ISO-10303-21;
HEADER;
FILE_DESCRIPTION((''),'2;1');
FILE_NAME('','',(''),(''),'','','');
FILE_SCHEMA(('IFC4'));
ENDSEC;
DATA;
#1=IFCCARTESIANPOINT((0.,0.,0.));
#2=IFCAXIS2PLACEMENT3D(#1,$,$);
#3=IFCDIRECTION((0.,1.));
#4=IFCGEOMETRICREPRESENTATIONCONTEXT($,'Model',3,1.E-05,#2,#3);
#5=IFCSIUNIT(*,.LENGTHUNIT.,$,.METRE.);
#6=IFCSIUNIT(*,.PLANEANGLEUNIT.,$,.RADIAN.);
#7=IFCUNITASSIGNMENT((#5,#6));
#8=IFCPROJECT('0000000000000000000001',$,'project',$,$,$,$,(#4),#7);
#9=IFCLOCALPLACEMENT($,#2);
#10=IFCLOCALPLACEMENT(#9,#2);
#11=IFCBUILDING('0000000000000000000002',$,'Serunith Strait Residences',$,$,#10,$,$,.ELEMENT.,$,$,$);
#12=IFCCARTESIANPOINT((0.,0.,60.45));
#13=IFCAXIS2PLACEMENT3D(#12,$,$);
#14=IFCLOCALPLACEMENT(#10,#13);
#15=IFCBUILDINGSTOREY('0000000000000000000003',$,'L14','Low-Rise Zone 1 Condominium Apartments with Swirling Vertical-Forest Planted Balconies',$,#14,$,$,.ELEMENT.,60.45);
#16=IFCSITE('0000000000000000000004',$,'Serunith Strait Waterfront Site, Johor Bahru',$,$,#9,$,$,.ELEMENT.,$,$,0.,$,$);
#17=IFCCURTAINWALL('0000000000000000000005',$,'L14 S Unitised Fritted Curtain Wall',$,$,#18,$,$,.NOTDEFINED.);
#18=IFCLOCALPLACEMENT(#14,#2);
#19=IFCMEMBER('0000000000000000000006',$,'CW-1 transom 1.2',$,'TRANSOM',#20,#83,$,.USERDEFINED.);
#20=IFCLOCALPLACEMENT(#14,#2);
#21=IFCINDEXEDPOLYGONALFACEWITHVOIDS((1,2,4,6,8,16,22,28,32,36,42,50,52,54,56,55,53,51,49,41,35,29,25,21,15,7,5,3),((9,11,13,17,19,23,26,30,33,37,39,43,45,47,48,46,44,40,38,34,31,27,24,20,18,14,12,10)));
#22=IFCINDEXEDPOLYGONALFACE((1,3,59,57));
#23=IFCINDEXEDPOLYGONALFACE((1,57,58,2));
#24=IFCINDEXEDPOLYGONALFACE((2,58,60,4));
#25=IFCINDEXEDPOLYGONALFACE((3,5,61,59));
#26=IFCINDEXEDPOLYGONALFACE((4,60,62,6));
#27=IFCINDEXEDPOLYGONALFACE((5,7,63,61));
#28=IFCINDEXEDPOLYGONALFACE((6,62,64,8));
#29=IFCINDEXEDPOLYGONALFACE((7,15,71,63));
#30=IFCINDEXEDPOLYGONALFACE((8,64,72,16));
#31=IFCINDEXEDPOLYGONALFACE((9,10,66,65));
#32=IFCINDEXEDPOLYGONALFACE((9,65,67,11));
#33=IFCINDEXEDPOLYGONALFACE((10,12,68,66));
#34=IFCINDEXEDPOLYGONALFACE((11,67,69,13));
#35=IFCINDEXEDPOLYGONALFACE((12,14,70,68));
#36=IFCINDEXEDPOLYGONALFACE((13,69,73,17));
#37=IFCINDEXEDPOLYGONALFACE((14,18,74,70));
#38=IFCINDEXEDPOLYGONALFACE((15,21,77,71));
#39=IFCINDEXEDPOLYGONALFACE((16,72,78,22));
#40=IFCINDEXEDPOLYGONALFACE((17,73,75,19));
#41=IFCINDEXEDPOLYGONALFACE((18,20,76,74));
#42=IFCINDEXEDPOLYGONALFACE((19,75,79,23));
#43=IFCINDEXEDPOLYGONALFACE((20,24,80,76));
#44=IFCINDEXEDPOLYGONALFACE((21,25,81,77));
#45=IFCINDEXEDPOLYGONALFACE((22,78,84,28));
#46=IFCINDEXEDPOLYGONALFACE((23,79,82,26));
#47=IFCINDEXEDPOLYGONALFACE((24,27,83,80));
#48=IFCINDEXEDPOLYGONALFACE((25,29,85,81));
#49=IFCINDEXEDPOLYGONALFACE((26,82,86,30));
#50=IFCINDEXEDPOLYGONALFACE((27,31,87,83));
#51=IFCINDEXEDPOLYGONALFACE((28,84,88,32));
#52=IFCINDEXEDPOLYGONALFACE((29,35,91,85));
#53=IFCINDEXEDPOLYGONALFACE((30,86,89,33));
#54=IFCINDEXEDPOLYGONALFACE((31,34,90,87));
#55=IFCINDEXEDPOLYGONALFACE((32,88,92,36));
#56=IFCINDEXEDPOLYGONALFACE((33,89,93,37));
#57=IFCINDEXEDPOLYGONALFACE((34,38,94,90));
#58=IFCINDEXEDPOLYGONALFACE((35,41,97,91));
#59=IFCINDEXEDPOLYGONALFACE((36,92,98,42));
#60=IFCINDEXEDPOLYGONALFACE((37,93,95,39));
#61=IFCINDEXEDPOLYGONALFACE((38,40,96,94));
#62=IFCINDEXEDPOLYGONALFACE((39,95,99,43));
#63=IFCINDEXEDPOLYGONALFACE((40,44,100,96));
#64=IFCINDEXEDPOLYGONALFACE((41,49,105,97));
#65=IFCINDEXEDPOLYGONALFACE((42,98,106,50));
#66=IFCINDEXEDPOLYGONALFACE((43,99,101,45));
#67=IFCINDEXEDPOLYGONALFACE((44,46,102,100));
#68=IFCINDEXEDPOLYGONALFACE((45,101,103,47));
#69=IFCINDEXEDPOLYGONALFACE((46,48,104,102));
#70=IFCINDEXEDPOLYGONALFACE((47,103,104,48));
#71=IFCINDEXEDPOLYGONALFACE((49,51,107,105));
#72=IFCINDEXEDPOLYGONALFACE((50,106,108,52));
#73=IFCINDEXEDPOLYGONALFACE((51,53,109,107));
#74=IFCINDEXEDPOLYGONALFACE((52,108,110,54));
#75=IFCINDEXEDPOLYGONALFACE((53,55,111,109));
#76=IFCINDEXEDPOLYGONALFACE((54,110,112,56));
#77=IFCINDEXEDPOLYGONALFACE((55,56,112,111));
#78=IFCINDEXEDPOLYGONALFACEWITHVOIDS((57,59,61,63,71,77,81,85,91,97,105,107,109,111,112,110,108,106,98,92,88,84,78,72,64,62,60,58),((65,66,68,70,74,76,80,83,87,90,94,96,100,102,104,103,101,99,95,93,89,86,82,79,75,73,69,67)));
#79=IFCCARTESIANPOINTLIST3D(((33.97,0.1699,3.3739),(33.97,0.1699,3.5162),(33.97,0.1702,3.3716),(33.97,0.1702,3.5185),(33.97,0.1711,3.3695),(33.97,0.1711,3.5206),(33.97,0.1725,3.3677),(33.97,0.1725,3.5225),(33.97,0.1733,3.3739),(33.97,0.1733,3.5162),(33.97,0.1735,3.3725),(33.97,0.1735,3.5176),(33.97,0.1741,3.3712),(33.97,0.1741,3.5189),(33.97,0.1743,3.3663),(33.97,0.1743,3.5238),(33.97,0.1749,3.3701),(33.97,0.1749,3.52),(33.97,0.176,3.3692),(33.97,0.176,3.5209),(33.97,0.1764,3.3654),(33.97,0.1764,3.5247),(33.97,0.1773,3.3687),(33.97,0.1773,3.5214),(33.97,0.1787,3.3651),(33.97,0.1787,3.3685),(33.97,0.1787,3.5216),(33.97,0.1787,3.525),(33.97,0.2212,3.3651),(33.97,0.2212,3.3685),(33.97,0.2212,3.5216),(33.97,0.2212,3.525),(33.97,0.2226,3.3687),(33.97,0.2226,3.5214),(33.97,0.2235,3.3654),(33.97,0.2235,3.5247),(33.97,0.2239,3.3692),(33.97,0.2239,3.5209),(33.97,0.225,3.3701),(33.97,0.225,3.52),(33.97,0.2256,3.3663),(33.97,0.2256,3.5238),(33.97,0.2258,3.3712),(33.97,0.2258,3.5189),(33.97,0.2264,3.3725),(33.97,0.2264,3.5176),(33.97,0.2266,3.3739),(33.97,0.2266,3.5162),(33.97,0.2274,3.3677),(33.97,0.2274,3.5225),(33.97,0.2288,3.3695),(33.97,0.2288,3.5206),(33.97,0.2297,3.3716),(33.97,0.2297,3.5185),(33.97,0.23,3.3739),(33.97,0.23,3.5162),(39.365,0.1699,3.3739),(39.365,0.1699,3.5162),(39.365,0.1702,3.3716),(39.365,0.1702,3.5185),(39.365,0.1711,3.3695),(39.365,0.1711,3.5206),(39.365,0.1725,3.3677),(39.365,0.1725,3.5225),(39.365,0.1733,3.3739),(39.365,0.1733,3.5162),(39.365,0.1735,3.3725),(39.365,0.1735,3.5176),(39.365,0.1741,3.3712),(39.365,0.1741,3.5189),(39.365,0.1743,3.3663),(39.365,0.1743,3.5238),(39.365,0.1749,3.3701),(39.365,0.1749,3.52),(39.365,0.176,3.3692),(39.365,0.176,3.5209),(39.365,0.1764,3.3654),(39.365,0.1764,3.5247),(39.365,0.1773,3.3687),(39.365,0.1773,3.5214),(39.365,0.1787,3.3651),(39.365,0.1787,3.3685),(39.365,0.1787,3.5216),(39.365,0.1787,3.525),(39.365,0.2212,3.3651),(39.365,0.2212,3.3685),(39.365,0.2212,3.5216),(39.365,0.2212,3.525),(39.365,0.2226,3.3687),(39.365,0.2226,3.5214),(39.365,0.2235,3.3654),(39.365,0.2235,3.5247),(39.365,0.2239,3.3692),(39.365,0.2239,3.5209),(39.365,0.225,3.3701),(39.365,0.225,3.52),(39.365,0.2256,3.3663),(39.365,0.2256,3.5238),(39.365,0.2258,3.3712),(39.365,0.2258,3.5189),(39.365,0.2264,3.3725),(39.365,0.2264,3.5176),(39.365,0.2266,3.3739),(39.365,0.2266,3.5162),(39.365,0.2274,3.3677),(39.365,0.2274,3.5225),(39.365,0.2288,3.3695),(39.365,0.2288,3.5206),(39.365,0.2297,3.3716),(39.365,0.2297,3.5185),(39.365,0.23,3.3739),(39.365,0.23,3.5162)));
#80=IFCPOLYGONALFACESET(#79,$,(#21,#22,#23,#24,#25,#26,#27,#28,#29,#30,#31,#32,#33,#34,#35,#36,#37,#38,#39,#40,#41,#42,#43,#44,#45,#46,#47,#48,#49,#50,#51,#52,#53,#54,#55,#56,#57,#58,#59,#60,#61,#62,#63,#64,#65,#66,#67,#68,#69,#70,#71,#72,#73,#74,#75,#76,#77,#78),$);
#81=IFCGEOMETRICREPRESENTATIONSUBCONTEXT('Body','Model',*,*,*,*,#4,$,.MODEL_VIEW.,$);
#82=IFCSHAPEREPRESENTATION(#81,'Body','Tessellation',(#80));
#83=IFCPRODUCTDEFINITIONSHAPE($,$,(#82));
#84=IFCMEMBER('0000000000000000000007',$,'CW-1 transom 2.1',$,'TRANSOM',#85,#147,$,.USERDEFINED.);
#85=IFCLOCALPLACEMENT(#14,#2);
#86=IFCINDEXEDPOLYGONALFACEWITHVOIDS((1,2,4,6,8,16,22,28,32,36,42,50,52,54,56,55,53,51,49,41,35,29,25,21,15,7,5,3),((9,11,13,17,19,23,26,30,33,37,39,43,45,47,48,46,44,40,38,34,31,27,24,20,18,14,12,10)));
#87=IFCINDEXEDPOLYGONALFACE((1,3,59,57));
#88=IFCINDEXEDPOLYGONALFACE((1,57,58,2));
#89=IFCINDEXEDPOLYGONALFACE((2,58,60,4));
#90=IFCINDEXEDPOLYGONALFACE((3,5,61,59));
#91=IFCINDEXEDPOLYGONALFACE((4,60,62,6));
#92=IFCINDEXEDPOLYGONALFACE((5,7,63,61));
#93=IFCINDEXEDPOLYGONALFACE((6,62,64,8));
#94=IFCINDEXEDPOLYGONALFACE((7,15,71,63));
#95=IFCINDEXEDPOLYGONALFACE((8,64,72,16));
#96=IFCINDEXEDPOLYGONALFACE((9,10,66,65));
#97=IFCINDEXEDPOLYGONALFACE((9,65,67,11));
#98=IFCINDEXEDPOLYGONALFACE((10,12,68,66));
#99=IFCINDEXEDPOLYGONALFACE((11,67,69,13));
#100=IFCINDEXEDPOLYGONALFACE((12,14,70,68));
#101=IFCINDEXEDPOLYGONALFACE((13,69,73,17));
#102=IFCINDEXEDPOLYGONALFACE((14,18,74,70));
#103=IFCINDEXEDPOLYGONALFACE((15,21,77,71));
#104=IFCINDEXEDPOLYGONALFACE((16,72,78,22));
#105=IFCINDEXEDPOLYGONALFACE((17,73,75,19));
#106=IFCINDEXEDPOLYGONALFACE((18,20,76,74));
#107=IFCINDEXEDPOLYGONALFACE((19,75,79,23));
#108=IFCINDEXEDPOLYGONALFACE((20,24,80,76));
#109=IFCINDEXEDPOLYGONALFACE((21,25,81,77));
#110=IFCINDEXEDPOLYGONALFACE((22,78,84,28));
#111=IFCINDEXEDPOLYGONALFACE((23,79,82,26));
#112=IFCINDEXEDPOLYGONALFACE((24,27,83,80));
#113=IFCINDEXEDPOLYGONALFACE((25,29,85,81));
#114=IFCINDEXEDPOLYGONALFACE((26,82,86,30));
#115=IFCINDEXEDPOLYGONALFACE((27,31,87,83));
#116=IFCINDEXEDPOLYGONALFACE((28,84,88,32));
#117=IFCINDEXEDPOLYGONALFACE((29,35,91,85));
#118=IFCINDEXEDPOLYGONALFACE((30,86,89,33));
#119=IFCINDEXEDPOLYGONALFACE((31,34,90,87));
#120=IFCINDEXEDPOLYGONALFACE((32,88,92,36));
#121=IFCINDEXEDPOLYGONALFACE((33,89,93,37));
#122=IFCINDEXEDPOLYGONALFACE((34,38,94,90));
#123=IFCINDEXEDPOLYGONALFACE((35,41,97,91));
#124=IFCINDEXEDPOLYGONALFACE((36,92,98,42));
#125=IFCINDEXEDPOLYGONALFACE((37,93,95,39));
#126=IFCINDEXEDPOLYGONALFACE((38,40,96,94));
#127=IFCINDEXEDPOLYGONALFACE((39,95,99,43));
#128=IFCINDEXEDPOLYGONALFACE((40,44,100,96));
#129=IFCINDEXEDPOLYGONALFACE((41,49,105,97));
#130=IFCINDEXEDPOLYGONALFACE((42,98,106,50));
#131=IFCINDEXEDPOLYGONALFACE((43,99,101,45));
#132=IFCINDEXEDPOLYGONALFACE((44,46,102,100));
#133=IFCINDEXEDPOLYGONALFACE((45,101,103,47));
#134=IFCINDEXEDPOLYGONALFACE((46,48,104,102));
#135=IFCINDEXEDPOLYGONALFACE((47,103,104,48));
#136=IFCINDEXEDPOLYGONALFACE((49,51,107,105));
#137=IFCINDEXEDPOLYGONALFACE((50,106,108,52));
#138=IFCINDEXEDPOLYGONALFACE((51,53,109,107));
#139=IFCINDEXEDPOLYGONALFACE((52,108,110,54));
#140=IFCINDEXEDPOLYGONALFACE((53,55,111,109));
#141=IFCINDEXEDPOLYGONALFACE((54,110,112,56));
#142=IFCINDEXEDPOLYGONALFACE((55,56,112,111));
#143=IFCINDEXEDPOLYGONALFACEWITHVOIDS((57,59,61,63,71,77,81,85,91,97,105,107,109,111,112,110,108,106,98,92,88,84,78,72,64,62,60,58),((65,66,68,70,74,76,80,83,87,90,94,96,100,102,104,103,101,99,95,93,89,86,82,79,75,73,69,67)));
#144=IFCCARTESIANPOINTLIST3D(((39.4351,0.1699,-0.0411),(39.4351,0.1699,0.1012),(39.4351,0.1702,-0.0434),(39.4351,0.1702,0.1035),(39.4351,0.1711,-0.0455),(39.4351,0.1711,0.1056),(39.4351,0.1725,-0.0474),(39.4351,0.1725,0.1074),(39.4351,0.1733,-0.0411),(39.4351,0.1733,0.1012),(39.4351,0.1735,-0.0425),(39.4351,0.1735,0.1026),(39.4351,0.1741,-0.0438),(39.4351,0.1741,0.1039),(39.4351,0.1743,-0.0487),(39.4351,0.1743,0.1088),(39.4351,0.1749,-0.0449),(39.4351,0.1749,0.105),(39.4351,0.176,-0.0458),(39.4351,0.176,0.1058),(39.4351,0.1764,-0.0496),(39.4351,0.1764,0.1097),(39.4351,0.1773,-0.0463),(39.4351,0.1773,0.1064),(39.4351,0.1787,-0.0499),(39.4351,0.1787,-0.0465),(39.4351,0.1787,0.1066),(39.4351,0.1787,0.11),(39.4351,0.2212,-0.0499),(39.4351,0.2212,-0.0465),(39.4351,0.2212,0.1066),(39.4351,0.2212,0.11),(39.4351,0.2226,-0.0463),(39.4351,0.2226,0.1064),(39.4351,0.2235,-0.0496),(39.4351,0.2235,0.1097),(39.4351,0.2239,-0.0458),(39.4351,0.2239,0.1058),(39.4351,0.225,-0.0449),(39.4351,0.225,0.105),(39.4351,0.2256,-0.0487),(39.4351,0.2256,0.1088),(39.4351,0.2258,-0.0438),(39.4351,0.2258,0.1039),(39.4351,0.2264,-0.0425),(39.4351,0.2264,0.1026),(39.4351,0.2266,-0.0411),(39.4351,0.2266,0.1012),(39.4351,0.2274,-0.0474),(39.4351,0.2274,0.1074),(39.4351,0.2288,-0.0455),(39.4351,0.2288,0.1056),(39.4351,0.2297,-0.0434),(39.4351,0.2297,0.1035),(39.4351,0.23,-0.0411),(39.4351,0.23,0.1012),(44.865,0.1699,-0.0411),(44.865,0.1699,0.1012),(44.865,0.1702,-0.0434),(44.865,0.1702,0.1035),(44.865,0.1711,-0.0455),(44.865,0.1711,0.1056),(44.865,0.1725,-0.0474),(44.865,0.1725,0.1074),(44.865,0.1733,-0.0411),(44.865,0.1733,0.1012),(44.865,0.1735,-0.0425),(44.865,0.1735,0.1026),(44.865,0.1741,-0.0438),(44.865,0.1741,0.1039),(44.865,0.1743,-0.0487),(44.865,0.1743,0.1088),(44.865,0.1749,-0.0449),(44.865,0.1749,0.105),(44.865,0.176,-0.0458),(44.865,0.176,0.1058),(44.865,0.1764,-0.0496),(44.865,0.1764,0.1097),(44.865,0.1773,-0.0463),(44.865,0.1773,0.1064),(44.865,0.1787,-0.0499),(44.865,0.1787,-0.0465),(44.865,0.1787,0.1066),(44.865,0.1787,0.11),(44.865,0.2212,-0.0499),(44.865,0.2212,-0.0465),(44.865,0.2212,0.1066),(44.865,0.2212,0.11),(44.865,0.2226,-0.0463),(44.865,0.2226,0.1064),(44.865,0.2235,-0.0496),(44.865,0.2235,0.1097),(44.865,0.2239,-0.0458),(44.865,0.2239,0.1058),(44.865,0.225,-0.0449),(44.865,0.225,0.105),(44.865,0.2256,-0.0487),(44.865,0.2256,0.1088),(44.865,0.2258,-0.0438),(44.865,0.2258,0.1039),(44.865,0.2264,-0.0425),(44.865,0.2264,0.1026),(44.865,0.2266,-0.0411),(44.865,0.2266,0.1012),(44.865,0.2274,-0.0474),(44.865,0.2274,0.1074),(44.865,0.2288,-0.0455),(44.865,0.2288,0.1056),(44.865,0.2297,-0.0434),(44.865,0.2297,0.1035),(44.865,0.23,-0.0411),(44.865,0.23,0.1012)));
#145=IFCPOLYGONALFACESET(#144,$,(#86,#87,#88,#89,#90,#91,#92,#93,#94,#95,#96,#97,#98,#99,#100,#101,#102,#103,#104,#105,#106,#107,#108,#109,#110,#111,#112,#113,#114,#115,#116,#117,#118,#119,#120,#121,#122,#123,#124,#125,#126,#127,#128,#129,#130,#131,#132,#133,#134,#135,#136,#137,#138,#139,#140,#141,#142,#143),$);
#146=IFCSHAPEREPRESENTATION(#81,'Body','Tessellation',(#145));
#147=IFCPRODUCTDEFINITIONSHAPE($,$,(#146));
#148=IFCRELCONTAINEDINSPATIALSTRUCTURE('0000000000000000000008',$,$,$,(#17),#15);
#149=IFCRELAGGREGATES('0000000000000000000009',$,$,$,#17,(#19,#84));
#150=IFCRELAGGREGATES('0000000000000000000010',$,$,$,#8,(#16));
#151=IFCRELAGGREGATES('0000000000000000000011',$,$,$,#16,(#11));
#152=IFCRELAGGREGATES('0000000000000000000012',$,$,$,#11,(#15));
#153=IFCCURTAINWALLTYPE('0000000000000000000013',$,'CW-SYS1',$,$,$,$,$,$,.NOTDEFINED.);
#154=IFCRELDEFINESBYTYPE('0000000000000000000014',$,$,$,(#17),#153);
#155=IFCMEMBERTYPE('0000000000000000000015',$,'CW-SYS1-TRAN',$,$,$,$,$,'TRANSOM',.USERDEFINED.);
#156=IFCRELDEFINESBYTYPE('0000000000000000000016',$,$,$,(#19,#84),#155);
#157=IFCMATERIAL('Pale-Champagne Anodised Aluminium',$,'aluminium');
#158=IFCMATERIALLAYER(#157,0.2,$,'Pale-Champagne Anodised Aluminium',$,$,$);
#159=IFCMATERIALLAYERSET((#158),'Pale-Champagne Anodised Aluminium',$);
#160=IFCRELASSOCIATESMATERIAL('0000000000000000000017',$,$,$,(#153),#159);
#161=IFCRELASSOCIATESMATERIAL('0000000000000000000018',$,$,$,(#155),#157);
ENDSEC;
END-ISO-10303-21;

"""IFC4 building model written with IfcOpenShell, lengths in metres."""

from ifc_helpers import new_model, si_unit, direction, frame, origin, origin_2d, place, context, subcontext, project, spatial, hollow_rectangle, extrude, source, transform, mapped, material, layer, layer_set, material_profile, profile_set, type_object, element, aggregate, save


model = new_model("IFC4")

# Units and contexts
model_context = context("Model", 3, precision=1e-05, world=origin(), true_north=direction((0.0, 1.0)))
body_context = subcontext(model_context, "Body", "Model", "MODEL_VIEW")
ifc_project = project(units=[si_unit("LENGTHUNIT", "METRE"), si_unit("PLANEANGLEUNIT", "RADIAN")], contexts=[model_context])

# Site, building, storey
site_placement = place(None, origin())
site = spatial("IfcSite", under=ifc_project, at=site_placement, Name="Serunith Strait Waterfront Site, Johor Bahru", CompositionType="ELEMENT", RefElevation=0.0)
building_placement = place(site_placement, origin())
building = spatial("IfcBuilding", under=site, at=building_placement, Name="Serunith Strait Residences", CompositionType="ELEMENT")
storey_placement = place(building_placement, frame((0.0, 0.0, 60.45)))
storey = spatial("IfcBuildingStorey", under=building, at=storey_placement, Name="L14", Description="Low-Rise Zone 1 Condominium Apartments with Swirling Vertical-Forest Planted Balconies", CompositionType="ELEMENT", Elevation=60.45)

# Shared definitions
ifc_material_1 = material(Name="Pale-Champagne Anodised Aluminium", Category="aluminium")
ifc_layer_1 = layer(ifc_material_1, 0.2, Name="Pale-Champagne Anodised Aluminium")
ifc_layer_set_1 = layer_set([ifc_layer_1], Name="Pale-Champagne Anodised Aluminium")
curtain_wall_type = type_object("IfcCurtainWallType", Name="CW-SYS1", PredefinedType="NOTDEFINED", material=ifc_layer_set_1)

# Curtain wall, members
curtain_wall_1_placement = place(storey_placement, origin())
curtain_wall_1 = element("IfcCurtainWall", 1, at=curtain_wall_1_placement, inside=storey, type_object=curtain_wall_type, Name="L14 S Unitised Fritted Curtain Wall", PredefinedType="NOTDEFINED")
ifc_material_profile_1 = material_profile(ifc_material_1, hollow_rectangle(XDim=0.0601, YDim=0.1599, WallThickness=0.0034, InnerFilletRadius=0.0054, OuterFilletRadius=0.0088, at=origin_2d()), Name="ALU 160x60x3.5")
ifc_profile_set_1 = profile_set([ifc_material_profile_1], Name="Pale-Champagne Anodised Aluminium")
member_type_1 = type_object("IfcMemberType", Name="CW-SYS1-TRAN", ElementType="TRANSOM", PredefinedType="USERDEFINED", material=ifc_profile_set_1)
shared_shape_1 = source(origin(), body_context, "Body", "SweptSolid", [
    extrude(hollow_rectangle(XDim=0.0601, YDim=0.1599, WallThickness=0.0034, InnerFilletRadius=0.0054, OuterFilletRadius=0.0088, at=origin_2d()), origin(), (0.0, 0.0, 1.0), 5.395),
])
member_1_placement = place(storey_placement, frame((33.97, 0.2, 3.4451), z_axis=(1.0, 0.0, 0.0), x_axis=(0.0, 1.0, 0.0)))
member_1 = element("IfcMember", 2, at=member_1_placement, type_object=member_type_1, Name="CW-1 transom 1.2", ObjectType="TRANSOM", PredefinedType="USERDEFINED", context=body_context, shape_type="MappedRepresentation", body=[
    mapped(shared_shape_1, transform((0.0, 0.0, 0.0), scale=1.0)),
])
shared_shape_2 = source(origin(), body_context, "Body", "SweptSolid", [
    extrude(hollow_rectangle(XDim=0.0601, YDim=0.1599, WallThickness=0.0034, InnerFilletRadius=0.0054, OuterFilletRadius=0.0088, at=origin_2d()), origin(), (0.0, 0.0, 1.0), 5.4299),
])
member_2_placement = place(storey_placement, frame((39.4351, 0.2, 0.03), z_axis=(1.0, 0.0, 0.0), x_axis=(0.0, 1.0, 0.0)))
member_2 = element("IfcMember", 3, at=member_2_placement, type_object=member_type_1, Name="CW-1 transom 2.1", ObjectType="TRANSOM", PredefinedType="USERDEFINED", context=body_context, shape_type="MappedRepresentation", body=[
    mapped(shared_shape_2, transform((0.0, 0.0, 0.0), scale=1.0)),
])
aggregate(curtain_wall_1, [member_1, member_2])

save(model, "model.ifc")
